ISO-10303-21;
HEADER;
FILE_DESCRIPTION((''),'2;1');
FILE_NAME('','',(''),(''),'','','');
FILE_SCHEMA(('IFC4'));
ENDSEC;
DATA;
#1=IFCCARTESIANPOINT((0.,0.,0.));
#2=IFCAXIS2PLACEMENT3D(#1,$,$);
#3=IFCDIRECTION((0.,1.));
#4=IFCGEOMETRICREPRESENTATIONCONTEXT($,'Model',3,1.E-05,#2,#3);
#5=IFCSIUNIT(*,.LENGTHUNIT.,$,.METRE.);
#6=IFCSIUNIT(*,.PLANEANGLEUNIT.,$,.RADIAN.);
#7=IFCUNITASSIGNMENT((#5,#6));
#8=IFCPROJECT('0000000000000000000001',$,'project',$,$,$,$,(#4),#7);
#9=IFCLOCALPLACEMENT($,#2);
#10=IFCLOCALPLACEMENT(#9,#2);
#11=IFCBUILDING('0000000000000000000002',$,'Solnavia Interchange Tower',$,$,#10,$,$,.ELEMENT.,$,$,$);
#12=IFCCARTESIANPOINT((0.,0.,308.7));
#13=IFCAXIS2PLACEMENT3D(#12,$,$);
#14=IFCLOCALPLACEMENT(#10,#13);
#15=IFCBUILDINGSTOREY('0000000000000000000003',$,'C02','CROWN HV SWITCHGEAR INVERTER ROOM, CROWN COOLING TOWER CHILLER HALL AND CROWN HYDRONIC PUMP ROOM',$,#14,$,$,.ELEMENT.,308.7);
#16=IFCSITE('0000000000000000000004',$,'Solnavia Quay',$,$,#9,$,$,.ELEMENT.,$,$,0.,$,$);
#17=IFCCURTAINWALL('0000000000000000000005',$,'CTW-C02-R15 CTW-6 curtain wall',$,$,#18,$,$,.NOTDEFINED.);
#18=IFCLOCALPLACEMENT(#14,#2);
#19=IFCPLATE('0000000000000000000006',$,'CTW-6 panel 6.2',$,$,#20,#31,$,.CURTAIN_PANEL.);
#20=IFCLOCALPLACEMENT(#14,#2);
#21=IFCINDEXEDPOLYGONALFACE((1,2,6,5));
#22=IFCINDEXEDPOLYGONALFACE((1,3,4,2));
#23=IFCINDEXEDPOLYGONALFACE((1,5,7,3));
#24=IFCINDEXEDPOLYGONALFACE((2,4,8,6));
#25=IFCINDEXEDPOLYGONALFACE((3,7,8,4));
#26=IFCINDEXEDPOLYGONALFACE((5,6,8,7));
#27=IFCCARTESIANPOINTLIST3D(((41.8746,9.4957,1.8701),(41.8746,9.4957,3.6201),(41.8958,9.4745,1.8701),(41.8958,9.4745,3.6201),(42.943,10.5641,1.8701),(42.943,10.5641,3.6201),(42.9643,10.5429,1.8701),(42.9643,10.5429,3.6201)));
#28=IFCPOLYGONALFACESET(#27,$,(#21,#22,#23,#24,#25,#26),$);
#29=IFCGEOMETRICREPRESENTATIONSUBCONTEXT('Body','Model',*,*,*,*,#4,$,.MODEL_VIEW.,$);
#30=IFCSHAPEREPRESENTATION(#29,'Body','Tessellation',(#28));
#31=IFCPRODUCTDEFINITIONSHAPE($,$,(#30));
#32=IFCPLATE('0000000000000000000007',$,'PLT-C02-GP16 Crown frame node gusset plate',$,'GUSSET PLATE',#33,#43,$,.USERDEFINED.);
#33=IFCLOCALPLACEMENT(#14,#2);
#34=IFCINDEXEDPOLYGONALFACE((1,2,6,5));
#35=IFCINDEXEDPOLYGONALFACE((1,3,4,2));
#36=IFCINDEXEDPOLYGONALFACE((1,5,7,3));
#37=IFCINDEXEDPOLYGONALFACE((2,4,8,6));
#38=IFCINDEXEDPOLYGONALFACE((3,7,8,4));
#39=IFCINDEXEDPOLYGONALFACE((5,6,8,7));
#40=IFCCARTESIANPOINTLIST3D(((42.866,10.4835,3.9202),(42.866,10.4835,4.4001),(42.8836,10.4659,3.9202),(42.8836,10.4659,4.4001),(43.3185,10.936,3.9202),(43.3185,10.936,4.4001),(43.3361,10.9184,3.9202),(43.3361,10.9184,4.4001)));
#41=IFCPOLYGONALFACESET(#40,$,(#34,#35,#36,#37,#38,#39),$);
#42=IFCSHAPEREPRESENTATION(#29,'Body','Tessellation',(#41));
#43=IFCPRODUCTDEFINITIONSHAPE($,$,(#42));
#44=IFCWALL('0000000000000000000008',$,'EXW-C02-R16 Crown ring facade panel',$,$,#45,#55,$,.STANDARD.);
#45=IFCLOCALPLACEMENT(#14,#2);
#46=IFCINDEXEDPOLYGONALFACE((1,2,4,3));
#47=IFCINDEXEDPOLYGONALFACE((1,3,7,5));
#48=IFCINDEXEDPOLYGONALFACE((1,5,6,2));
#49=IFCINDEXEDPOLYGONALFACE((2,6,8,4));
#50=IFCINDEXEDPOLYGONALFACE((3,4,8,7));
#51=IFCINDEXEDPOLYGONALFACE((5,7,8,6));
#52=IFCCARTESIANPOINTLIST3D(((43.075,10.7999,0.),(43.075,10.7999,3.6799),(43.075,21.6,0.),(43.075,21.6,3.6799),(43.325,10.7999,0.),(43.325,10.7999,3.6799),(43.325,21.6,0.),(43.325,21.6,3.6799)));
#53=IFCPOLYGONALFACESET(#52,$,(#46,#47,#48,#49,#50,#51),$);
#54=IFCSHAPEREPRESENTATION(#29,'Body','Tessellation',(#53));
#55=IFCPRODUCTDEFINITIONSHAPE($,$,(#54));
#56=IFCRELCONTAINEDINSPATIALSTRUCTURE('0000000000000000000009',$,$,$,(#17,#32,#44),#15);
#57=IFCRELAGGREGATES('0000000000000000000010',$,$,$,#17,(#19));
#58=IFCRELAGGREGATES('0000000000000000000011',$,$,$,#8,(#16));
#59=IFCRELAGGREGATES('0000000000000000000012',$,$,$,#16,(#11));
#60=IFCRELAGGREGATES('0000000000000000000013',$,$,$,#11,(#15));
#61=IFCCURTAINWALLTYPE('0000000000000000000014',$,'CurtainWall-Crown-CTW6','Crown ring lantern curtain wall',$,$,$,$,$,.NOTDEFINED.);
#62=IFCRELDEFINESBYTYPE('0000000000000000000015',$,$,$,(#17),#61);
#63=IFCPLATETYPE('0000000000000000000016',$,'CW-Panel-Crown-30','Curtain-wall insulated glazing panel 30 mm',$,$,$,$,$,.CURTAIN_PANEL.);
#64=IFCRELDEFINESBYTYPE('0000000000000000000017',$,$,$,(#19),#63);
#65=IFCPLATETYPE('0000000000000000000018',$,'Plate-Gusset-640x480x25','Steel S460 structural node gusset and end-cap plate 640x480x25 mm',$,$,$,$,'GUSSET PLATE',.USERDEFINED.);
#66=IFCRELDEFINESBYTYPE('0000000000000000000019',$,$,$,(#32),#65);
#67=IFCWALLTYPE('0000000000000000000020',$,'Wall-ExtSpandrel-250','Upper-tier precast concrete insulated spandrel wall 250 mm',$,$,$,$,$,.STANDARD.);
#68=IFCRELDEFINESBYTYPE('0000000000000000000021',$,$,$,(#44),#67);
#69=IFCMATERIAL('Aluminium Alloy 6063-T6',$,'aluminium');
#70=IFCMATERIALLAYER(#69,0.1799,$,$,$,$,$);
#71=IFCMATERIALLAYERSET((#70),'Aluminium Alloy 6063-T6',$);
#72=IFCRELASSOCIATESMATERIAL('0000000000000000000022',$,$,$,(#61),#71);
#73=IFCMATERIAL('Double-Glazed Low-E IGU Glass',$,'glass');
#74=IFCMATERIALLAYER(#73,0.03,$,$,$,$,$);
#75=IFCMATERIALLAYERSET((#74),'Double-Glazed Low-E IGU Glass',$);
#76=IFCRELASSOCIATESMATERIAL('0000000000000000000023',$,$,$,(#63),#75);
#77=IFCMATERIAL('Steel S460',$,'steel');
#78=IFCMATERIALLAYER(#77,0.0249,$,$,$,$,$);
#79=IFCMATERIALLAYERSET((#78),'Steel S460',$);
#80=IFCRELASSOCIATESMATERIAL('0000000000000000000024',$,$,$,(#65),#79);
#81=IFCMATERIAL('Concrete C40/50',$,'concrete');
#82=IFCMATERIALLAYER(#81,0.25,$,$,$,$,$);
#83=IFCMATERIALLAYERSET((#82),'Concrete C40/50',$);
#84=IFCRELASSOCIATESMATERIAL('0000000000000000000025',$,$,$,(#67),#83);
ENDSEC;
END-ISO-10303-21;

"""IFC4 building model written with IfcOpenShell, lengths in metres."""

from ifc_helpers import new_model, si_unit, direction, frame, frame_2d, origin, origin_2d, place, context, subcontext, project, spatial, rectangle, extrude, material, layer, layer_set, type_object, element, aggregate, save


model = new_model("IFC4")

# Units and contexts
model_context = context("Model", 3, precision=1e-05, world=origin(), true_north=direction((0.0, 1.0)))
body_context = subcontext(model_context, "Body", "Model", "MODEL_VIEW")
ifc_project = project(units=[si_unit("LENGTHUNIT", "METRE"), si_unit("PLANEANGLEUNIT", "RADIAN")], contexts=[model_context])

# Site, building, storey
site_placement = place(None, origin())
site = spatial("IfcSite", under=ifc_project, at=site_placement, Name="Solnavia Quay", CompositionType="ELEMENT", RefElevation=0.0)
building_placement = place(site_placement, origin())
building = spatial("IfcBuilding", under=site, at=building_placement, Name="Solnavia Interchange Tower", CompositionType="ELEMENT")
storey_placement = place(building_placement, frame((0.0, 0.0, 308.7)))
storey = spatial("IfcBuildingStorey", under=building, at=storey_placement, Name="C02", Description="CROWN HV SWITCHGEAR INVERTER ROOM, CROWN COOLING TOWER CHILLER HALL AND CROWN HYDRONIC PUMP ROOM", CompositionType="ELEMENT", Elevation=308.7)

# Shared definitions
ifc_material_1 = material(Name="Steel S460", Category="steel")

# Curtain wall
ifc_material_2 = material(Name="Aluminium Alloy 6063-T6", Category="aluminium")
ifc_layer_1 = layer(ifc_material_2, 0.1799)
ifc_layer_set_1 = layer_set([ifc_layer_1], Name="Aluminium Alloy 6063-T6")
curtain_wall_type = type_object("IfcCurtainWallType", Name="CurtainWall-Crown-CTW6", Description="Crown ring lantern curtain wall", PredefinedType="NOTDEFINED", material=ifc_layer_set_1)
curtain_wall_placement = place(storey_placement, origin())
curtain_wall = element("IfcCurtainWall", 1, at=curtain_wall_placement, inside=storey, type_object=curtain_wall_type, Name="CTW-C02-R15 CTW-6 curtain wall", PredefinedType="NOTDEFINED")

# Plates
ifc_material_3 = material(Name="Double-Glazed Low-E IGU Glass", Category="glass")
ifc_layer_2 = layer(ifc_material_3, 0.03)
ifc_layer_set_2 = layer_set([ifc_layer_2], Name="Double-Glazed Low-E IGU Glass")
plate_type_1 = type_object("IfcPlateType", Name="CW-Panel-Crown-30", Description="Curtain-wall insulated glazing panel 30 mm", PredefinedType="CURTAIN_PANEL", material=ifc_layer_set_2)
plate_1_placement = place(storey_placement, frame((42.4194, 10.0193, 1.8701), z_axis=(0.0, 0.0, 1.0), x_axis=(0.707107, 0.707107, 0.0)))
plate_1 = element("IfcPlate", 2, at=plate_1_placement, type_object=plate_type_1, Name="CTW-6 panel 6.2", PredefinedType="CURTAIN_PANEL", context=body_context, shape_type="SweptSolid", body=[
    extrude(rectangle(XDim=1.511, YDim=0.03, at=origin_2d()), origin(), (0.0, 0.0, 1.0), 1.75),
])
aggregate(curtain_wall, [plate_1])
ifc_layer_3 = layer(ifc_material_1, 0.0249)
ifc_layer_set_3 = layer_set([ifc_layer_3], Name="Steel S460")
plate_type_2 = type_object("IfcPlateType", Name="Plate-Gusset-640x480x25", Description="Steel S460 structural node gusset and end-cap plate 640x480x25 mm", ElementType="GUSSET PLATE", PredefinedType="USERDEFINED", material=ifc_layer_set_3)
plate_2_placement = place(storey_placement, frame((43.1011, 10.7009, 3.9202), z_axis=(0.0, 0.0, 1.0), x_axis=(0.707107, 0.707107, 0.0)))
element("IfcPlate", 3, at=plate_2_placement, inside=storey, type_object=plate_type_2, Name="PLT-C02-GP16 Crown frame node gusset plate", ObjectType="GUSSET PLATE", PredefinedType="USERDEFINED", context=body_context, shape_type="SweptSolid", body=[
    extrude(rectangle(XDim=0.6399, YDim=0.0249, at=origin_2d()), origin(), (0.0, 0.0, 1.0), 0.48),
])

# Wall
ifc_material_4 = material(Name="Concrete C40/50", Category="concrete")
ifc_layer_4 = layer(ifc_material_4, 0.25)
ifc_layer_set_4 = layer_set([ifc_layer_4], Name="Concrete C40/50")
wall_type = type_object("IfcWallType", Name="Wall-ExtSpandrel-250", Description="Upper-tier precast concrete insulated spandrel wall 250 mm", PredefinedType="STANDARD", material=ifc_layer_set_4)
wall_placement = place(storey_placement, frame((43.2, 10.8, 0.0), z_axis=(0.0, 0.0, 1.0), x_axis=(0.0, 1.0, 0.0)))
element("IfcWall", 4, at=wall_placement, inside=storey, type_object=wall_type, Name="EXW-C02-R16 Crown ring facade panel", PredefinedType="STANDARD", context=body_context, shape_type="SweptSolid", body=[
    extrude(rectangle(XDim=10.8, YDim=0.25, at=frame_2d((5.3999, 0.0))), origin(), (0.0, 0.0, 1.0), 3.6799),
])

save(model, "model.ifc")
